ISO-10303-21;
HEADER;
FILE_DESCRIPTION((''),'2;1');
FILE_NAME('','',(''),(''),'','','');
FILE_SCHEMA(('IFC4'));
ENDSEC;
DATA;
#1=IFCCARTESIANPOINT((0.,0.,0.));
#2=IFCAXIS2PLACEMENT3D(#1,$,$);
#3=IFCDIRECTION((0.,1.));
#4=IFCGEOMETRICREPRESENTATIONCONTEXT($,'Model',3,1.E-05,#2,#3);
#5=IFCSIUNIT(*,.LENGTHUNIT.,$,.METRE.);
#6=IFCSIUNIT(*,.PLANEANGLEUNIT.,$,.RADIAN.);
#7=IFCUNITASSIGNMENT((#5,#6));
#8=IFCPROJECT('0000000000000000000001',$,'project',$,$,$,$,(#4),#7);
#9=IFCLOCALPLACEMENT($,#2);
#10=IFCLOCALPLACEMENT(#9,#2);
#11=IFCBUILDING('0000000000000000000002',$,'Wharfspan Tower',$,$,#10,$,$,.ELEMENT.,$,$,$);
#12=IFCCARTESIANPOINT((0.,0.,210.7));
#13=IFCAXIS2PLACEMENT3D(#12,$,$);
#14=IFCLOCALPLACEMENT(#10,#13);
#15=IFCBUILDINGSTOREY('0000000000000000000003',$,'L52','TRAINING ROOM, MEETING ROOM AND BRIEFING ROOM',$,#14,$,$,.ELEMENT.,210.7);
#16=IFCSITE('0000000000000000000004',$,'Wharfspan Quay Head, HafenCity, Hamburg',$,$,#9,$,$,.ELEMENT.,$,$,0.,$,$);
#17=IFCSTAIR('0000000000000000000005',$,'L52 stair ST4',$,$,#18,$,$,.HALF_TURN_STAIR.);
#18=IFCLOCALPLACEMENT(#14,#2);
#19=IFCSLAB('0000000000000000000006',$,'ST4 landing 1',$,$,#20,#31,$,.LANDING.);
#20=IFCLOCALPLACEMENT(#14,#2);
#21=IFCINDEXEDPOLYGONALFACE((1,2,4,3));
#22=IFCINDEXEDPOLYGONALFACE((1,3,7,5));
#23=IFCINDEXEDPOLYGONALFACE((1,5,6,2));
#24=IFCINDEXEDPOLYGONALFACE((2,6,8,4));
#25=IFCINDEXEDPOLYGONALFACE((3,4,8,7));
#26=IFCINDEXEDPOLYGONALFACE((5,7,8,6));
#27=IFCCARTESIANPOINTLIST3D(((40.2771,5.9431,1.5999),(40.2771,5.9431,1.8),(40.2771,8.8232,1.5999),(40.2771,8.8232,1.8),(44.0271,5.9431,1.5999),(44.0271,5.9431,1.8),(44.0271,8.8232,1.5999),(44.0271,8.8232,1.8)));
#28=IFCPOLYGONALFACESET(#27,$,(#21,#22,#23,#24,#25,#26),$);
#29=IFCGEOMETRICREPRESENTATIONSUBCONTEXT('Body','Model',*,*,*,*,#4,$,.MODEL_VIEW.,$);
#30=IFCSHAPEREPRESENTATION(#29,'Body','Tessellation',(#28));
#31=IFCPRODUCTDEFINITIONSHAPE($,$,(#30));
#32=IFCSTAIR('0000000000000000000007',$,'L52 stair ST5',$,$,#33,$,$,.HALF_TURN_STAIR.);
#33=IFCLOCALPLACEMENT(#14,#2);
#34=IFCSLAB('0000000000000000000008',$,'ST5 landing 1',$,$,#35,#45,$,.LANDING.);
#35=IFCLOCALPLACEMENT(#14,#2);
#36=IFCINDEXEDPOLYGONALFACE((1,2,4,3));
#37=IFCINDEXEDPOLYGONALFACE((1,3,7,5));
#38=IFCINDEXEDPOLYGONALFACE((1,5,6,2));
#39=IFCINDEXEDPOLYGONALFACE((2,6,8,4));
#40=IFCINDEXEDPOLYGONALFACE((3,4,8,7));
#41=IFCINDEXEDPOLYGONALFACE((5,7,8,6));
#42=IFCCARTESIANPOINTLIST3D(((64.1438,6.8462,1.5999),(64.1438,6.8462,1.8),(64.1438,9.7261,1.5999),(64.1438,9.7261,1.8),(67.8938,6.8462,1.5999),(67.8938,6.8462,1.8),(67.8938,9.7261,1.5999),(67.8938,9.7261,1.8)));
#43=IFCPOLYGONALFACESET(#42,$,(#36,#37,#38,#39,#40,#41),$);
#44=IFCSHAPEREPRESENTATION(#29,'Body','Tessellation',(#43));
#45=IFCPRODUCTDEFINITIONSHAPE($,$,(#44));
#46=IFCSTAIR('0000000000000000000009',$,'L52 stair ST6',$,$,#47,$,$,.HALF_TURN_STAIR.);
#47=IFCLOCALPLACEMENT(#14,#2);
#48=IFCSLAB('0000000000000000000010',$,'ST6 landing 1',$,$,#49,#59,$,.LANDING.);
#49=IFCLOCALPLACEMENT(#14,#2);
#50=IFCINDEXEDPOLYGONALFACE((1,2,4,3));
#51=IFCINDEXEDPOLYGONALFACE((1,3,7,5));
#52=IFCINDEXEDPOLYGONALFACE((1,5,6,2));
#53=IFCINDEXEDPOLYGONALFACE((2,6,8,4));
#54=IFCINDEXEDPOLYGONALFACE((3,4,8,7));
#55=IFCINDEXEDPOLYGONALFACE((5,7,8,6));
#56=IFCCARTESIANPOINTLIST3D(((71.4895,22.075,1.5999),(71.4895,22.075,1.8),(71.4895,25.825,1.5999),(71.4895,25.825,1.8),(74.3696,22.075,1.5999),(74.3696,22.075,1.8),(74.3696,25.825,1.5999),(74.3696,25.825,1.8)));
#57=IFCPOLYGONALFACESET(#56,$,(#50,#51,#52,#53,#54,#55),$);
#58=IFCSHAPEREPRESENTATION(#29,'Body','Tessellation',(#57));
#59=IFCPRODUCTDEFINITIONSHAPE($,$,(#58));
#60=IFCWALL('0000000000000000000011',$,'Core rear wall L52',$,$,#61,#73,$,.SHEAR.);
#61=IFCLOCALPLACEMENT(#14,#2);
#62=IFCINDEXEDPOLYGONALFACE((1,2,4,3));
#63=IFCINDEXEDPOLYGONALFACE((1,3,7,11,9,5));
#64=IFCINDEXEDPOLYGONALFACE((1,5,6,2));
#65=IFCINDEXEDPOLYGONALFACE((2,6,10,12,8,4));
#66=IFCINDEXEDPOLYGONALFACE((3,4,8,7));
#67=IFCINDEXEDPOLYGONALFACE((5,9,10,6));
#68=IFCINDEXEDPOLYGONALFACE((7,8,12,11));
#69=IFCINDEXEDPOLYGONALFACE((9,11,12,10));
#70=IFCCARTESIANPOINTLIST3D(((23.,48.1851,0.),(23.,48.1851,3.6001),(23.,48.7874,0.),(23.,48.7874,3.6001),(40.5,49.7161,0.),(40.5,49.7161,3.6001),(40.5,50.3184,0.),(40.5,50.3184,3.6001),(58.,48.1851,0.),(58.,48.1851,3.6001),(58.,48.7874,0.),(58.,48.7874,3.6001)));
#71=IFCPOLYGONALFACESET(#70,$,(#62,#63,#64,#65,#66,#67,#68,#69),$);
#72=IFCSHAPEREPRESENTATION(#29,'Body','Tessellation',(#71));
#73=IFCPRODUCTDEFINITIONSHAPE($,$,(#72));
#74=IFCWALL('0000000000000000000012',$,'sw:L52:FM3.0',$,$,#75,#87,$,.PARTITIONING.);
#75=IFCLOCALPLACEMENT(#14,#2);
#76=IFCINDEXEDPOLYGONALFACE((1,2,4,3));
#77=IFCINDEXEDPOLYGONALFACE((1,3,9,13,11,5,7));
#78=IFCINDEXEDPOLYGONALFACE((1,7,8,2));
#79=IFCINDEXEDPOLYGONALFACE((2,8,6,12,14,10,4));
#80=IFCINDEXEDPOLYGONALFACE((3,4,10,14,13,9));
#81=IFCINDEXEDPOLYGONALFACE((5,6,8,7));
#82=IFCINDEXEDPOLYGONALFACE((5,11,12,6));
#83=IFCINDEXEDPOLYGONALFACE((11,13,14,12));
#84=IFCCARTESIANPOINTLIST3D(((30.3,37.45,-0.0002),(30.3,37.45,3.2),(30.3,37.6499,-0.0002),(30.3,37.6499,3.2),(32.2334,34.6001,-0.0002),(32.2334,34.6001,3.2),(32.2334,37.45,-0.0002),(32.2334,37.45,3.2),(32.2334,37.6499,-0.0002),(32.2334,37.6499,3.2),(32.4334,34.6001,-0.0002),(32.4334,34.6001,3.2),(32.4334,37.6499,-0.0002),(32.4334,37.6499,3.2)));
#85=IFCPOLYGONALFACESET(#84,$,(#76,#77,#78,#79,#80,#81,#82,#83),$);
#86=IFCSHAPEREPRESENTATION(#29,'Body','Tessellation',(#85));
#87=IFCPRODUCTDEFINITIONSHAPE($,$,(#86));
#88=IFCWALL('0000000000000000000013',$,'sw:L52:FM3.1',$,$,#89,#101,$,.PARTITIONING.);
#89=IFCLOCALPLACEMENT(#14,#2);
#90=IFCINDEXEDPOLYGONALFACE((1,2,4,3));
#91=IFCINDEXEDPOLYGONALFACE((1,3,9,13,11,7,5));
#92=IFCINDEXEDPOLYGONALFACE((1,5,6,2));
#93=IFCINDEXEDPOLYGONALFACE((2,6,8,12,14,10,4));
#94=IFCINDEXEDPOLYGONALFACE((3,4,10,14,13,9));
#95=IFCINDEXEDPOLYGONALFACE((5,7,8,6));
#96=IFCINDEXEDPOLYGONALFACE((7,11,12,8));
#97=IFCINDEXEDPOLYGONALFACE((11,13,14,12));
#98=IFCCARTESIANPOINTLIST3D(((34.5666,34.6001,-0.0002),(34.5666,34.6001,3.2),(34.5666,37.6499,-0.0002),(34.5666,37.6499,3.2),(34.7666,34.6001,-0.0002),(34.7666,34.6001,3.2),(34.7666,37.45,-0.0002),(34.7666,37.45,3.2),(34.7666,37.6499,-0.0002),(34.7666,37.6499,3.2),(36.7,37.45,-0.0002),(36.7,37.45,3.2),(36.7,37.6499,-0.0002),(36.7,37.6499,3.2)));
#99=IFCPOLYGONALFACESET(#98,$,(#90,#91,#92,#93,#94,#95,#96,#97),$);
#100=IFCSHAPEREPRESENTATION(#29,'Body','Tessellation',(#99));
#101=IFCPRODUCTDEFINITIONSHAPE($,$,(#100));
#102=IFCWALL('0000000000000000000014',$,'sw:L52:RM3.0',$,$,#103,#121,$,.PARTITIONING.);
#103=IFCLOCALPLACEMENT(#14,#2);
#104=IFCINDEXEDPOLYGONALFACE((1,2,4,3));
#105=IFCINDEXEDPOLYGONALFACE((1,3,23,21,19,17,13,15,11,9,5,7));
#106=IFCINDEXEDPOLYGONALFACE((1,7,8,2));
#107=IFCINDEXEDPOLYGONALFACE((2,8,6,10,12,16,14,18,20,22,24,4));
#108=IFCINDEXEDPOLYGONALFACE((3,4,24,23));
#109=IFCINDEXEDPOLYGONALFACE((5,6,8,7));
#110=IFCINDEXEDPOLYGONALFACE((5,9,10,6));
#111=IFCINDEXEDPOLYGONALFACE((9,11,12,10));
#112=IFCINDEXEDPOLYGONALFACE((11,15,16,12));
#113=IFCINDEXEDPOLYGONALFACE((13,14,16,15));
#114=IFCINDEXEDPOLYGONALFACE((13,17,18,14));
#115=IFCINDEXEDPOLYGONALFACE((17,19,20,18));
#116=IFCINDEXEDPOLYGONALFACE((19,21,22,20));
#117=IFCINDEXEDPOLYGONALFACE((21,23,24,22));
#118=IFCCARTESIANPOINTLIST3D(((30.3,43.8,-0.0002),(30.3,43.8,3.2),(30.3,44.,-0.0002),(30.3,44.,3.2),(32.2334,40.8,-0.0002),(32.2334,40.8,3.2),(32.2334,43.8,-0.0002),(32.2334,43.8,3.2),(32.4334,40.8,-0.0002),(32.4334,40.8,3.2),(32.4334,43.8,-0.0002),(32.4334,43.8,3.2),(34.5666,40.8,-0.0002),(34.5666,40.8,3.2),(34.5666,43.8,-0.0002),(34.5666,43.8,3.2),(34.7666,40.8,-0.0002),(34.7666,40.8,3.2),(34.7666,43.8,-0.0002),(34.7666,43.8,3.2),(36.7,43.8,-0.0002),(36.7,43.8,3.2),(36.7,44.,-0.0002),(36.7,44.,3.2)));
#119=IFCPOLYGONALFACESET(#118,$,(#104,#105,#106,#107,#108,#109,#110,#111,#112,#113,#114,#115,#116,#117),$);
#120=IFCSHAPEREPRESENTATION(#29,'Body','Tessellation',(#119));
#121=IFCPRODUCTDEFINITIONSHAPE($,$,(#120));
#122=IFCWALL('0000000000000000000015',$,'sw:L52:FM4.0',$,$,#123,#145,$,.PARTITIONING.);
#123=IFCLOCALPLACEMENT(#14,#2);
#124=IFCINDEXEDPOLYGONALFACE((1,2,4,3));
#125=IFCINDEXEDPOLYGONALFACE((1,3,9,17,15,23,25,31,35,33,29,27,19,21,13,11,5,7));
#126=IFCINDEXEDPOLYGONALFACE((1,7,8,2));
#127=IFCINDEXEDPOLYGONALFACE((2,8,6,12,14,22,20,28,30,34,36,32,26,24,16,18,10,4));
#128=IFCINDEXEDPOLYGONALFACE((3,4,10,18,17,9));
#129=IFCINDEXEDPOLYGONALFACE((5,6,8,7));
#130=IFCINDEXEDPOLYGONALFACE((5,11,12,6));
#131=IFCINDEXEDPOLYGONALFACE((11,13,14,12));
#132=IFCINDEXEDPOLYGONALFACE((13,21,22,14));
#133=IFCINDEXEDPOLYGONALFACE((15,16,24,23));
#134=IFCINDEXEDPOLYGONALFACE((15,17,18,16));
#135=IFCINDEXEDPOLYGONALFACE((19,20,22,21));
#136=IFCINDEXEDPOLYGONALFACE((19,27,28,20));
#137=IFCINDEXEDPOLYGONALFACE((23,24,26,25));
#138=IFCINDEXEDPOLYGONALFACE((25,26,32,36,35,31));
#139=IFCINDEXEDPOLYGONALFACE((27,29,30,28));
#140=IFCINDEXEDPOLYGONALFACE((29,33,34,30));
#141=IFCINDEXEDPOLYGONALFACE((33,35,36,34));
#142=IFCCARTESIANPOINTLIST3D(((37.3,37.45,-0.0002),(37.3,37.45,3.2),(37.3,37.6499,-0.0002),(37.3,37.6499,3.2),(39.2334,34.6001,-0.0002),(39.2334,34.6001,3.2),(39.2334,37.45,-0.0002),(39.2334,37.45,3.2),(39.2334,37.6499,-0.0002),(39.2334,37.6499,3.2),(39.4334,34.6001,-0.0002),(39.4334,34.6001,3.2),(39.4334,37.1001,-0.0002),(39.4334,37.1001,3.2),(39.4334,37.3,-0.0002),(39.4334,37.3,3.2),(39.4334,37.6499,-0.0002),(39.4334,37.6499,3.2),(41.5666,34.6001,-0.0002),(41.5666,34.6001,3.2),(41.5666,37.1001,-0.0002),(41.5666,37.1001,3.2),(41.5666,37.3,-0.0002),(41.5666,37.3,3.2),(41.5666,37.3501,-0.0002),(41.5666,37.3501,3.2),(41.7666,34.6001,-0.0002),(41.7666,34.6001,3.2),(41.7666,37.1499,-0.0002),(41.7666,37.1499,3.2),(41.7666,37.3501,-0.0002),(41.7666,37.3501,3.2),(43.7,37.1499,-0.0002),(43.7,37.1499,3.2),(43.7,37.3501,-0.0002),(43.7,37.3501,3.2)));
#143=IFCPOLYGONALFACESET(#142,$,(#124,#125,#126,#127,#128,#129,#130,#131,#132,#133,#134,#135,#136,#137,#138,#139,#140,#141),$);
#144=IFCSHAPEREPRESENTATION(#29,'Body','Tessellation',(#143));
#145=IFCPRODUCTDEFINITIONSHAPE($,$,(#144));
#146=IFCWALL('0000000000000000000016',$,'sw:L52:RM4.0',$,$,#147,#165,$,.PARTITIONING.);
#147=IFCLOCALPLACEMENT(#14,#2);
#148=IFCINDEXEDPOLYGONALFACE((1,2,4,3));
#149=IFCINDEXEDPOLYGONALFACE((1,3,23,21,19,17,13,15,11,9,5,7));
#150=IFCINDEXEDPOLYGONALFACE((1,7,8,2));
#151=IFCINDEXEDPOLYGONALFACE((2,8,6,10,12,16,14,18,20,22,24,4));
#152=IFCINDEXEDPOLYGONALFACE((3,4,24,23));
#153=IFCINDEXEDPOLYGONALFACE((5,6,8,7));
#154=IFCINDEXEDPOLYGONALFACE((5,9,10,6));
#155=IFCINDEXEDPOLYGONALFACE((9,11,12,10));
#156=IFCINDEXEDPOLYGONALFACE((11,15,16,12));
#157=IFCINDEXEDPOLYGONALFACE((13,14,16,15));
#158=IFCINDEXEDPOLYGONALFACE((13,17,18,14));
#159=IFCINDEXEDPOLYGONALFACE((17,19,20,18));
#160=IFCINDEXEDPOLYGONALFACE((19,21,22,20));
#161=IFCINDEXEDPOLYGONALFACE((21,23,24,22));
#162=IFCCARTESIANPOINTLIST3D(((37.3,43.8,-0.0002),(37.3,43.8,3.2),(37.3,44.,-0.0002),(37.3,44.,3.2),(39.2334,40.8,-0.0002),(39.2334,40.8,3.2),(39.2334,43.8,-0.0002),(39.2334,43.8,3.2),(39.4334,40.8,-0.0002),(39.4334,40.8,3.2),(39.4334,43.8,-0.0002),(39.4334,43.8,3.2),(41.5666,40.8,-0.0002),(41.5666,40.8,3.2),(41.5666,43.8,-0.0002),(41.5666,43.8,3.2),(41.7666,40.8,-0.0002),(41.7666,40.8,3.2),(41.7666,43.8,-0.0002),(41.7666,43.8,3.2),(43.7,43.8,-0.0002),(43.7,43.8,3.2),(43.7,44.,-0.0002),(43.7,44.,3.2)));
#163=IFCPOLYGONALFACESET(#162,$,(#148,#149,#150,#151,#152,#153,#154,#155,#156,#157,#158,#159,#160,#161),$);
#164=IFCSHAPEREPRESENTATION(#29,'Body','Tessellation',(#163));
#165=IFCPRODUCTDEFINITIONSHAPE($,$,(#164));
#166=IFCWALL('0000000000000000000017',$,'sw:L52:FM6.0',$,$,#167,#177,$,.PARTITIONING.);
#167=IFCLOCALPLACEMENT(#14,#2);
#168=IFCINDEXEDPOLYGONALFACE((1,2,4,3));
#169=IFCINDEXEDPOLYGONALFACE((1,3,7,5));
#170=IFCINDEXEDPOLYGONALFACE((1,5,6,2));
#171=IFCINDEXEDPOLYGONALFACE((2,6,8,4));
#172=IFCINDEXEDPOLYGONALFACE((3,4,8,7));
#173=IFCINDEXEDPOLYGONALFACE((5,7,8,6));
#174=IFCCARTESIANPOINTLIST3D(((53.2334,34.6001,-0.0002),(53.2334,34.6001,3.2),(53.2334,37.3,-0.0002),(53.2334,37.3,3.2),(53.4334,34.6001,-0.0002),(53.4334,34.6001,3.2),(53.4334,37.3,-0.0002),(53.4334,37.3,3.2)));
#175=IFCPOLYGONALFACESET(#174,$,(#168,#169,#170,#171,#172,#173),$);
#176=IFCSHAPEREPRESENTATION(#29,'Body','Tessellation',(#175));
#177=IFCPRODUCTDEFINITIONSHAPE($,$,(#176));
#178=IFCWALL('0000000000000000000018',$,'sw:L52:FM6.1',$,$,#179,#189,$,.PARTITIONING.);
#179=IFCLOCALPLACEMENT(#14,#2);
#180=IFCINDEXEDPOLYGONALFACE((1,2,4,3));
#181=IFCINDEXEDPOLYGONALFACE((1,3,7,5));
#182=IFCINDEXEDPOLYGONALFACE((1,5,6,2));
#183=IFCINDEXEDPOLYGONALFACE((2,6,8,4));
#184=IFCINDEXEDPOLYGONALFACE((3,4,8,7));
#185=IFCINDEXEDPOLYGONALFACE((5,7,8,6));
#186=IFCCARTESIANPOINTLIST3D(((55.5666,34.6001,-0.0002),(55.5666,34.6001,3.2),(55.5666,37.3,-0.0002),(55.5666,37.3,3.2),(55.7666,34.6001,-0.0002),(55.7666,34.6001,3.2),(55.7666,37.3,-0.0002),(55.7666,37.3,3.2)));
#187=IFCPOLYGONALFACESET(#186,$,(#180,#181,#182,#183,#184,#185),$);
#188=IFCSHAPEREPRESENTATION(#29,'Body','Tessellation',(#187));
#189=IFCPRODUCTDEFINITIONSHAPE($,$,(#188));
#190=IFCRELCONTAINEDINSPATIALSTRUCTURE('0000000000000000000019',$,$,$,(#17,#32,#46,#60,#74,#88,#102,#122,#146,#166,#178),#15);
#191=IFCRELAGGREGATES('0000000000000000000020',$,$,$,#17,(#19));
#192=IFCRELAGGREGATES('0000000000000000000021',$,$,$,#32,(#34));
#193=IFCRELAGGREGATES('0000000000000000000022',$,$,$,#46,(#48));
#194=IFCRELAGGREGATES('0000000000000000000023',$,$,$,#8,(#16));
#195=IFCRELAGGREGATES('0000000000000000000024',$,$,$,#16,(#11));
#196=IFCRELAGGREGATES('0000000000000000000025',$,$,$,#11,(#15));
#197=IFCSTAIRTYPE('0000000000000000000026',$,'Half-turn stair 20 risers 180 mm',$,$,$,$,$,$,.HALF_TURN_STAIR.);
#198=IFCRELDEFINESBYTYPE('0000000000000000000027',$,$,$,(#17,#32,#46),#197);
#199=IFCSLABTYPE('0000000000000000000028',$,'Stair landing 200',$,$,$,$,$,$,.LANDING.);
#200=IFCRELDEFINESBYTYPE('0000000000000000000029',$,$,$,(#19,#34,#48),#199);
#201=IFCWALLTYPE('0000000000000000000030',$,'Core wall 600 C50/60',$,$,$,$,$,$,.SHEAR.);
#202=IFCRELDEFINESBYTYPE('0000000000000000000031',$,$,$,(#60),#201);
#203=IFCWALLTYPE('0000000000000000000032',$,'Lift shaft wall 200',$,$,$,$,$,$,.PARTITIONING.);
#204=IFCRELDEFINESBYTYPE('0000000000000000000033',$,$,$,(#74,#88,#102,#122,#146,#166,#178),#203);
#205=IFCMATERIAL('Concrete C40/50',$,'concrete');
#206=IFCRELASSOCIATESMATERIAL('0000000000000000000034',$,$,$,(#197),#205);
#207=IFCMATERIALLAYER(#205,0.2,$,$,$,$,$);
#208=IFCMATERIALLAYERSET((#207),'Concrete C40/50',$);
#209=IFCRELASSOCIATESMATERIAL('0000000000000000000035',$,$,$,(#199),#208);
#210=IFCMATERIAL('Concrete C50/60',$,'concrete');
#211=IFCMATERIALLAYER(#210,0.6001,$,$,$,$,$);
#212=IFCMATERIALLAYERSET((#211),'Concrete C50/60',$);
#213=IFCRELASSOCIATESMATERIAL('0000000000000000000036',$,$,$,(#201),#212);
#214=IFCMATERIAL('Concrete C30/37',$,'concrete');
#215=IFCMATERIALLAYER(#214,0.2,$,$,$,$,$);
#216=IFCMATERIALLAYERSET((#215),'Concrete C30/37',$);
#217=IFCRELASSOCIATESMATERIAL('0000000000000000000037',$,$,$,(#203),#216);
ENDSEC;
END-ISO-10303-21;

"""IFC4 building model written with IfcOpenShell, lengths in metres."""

from ifc_helpers import new_model, si_unit, direction, frame, origin, place, context, subcontext, project, spatial, polyline, outline, extrude, material, layer, layer_set, type_object, element, aggregate, save


model = new_model("IFC4")

# Units and contexts
model_context = context("Model", 3, precision=1e-05, world=origin(), true_north=direction((0.0, 1.0)))
body_context = subcontext(model_context, "Body", "Model", "MODEL_VIEW")
ifc_project = project(units=[si_unit("LENGTHUNIT", "METRE"), si_unit("PLANEANGLEUNIT", "RADIAN")], contexts=[model_context])

# Site, building, storey
site_placement = place(None, origin())
site = spatial("IfcSite", under=ifc_project, at=site_placement, Name="Wharfspan Quay Head, HafenCity, Hamburg", CompositionType="ELEMENT", RefElevation=0.0)
building_placement = place(site_placement, origin())
building = spatial("IfcBuilding", under=site, at=building_placement, Name="Wharfspan Tower", CompositionType="ELEMENT")
storey_placement = place(building_placement, frame((0.0, 0.0, 210.7)))
storey = spatial("IfcBuildingStorey", under=building, at=storey_placement, Name="L52", Description="TRAINING ROOM, MEETING ROOM AND BRIEFING ROOM", CompositionType="ELEMENT", Elevation=210.7)

# Shared definitions
ifc_material_1 = material(Name="Concrete C40/50", Category="concrete")

# Stairs, slabs
stair_type = type_object("IfcStairType", Name="Half-turn stair 20 risers 180 mm", PredefinedType="HALF_TURN_STAIR", material=ifc_material_1)
ifc_layer_1 = layer(ifc_material_1, 0.2)
ifc_layer_set_1 = layer_set([ifc_layer_1], Name="Concrete C40/50")
slab_type_1 = type_object("IfcSlabType", Name="Stair landing 200", PredefinedType="LANDING", material=ifc_layer_set_1)
stair_1_placement = place(storey_placement, origin())
stair_1 = element("IfcStair", 1, at=stair_1_placement, inside=storey, type_object=stair_type, Name="L52 stair ST4", PredefinedType="HALF_TURN_STAIR")
slab_1_placement = place(storey_placement, frame((0.0, 0.0, 1.5999)))
slab_1 = element("IfcSlab", 2, at=slab_1_placement, type_object=slab_type_1, Name="ST4 landing 1", PredefinedType="LANDING", context=body_context, shape_type="SweptSolid", body=[
    extrude(outline(polyline([(40.2771, 8.8232), (40.2771, 5.9431), (44.0271, 5.9431), (44.0271, 8.8232), (40.2771, 8.8232)])), origin(), (0.0, 0.0, 1.0), 0.2002),
])
aggregate(stair_1, [slab_1])
stair_2_placement = place(storey_placement, origin())
stair_2 = element("IfcStair", 3, at=stair_2_placement, inside=storey, type_object=stair_type, Name="L52 stair ST5", PredefinedType="HALF_TURN_STAIR")
slab_2_placement = place(storey_placement, frame((0.0, 0.0, 1.5999)))
slab_2 = element("IfcSlab", 4, at=slab_2_placement, type_object=slab_type_1, Name="ST5 landing 1", PredefinedType="LANDING", context=body_context, shape_type="SweptSolid", body=[
    extrude(outline(polyline([(64.1438, 9.7261), (64.1438, 6.8462), (67.8938, 6.8462), (67.8938, 9.7261), (64.1438, 9.7261)])), origin(), (0.0, 0.0, 1.0), 0.2002),
])
aggregate(stair_2, [slab_2])
stair_3_placement = place(storey_placement, origin())
stair_3 = element("IfcStair", 5, at=stair_3_placement, inside=storey, type_object=stair_type, Name="L52 stair ST6", PredefinedType="HALF_TURN_STAIR")
slab_3_placement = place(storey_placement, frame((0.0, 0.0, 1.5999)))
slab_3 = element("IfcSlab", 6, at=slab_3_placement, type_object=slab_type_1, Name="ST6 landing 1", PredefinedType="LANDING", context=body_context, shape_type="SweptSolid", body=[
    extrude(outline(polyline([(71.4895, 22.075), (74.3696, 22.075), (74.3696, 25.825), (71.4895, 25.825), (71.4895, 22.075)])), origin(), (0.0, 0.0, 1.0), 0.2002),
])
aggregate(stair_3, [slab_3])

# Walls
ifc_material_2 = material(Name="Concrete C50/60", Category="concrete")
ifc_layer_2 = layer(ifc_material_2, 0.6001)
ifc_layer_set_2 = layer_set([ifc_layer_2], Name="Concrete C50/60")
wall_type_1 = type_object("IfcWallType", Name="Core wall 600 C50/60", PredefinedType="SHEAR", material=ifc_layer_set_2)
wall_1_placement = place(storey_placement, origin())
element("IfcWall", 7, at=wall_1_placement, inside=storey, type_object=wall_type_1, Name="Core rear wall L52", PredefinedType="SHEAR", context=body_context, shape_type="SweptSolid", body=[
    extrude(outline(polyline([(23.0, 48.1851), (40.5, 49.7161), (58.0, 48.1851), (58.0, 48.7874), (40.5, 50.3184), (23.0, 48.7874), (23.0, 48.1851)])), origin(), (0.0, 0.0, 1.0), 3.6001),
])
ifc_material_3 = material(Name="Concrete C30/37", Category="concrete")
ifc_layer_3 = layer(ifc_material_3, 0.2)
ifc_layer_set_3 = layer_set([ifc_layer_3], Name="Concrete C30/37")
wall_type_2 = type_object("IfcWallType", Name="Lift shaft wall 200", PredefinedType="PARTITIONING", material=ifc_layer_set_3)
wall_2_placement = place(storey_placement, frame((0.0, 0.0, -0.0002)))
element("IfcWall", 8, at=wall_2_placement, inside=storey, type_object=wall_type_2, Name="sw:L52:FM3.0", PredefinedType="PARTITIONING", context=body_context, shape_type="SweptSolid", body=[
    extrude(outline(polyline([(32.2334, 37.45), (30.3, 37.45), (30.3, 37.6499), (32.2334, 37.6499), (32.4333, 37.6499), (32.4333, 34.6001), (32.2334, 34.6001), (32.2334, 37.45)])), origin(), (0.0, 0.0, 1.0), 3.2002),
])
wall_3_placement = place(storey_placement, frame((0.0, 0.0, -0.0002)))
element("IfcWall", 9, at=wall_3_placement, inside=storey, type_object=wall_type_2, Name="sw:L52:FM3.1", PredefinedType="PARTITIONING", context=body_context, shape_type="SweptSolid", body=[
    extrude(outline(polyline([(34.5667, 37.6499), (34.7666, 37.6499), (36.7, 37.6499), (36.7, 37.45), (34.7666, 37.45), (34.7666, 34.6001), (34.5667, 34.6001), (34.5667, 37.6499)])), origin(), (0.0, 0.0, 1.0), 3.2002),
])
wall_4_placement = place(storey_placement, frame((0.0, 0.0, -0.0002)))
element("IfcWall", 10, at=wall_4_placement, inside=storey, type_object=wall_type_2, Name="sw:L52:RM3.0", PredefinedType="PARTITIONING", context=body_context, shape_type="SweptSolid", body=[
    extrude(outline(polyline([(32.4333, 40.8), (32.2334, 40.8), (32.2334, 43.8), (30.3, 43.8), (30.3, 44.0), (36.7, 44.0), (36.7, 43.8), (34.7666, 43.8), (34.7666, 40.8), (34.5667, 40.8), (34.5667, 43.8), (32.4333, 43.8), (32.4333, 40.8)])), origin(), (0.0, 0.0, 1.0), 3.2002),
])
wall_5_placement = place(storey_placement, frame((0.0, 0.0, -0.0002)))
element("IfcWall", 11, at=wall_5_placement, inside=storey, type_object=wall_type_2, Name="sw:L52:FM4.0", PredefinedType="PARTITIONING", context=body_context, shape_type="SweptSolid", body=[
    extrude(outline(polyline([(41.5667, 37.1001), (39.4333, 37.1001), (39.4333, 34.6001), (39.2334, 34.6001), (39.2334, 37.45), (37.3, 37.45), (37.3, 37.6499), (39.2334, 37.6499), (39.4333, 37.6499), (39.4333, 37.3), (41.5667, 37.3), (41.5667, 37.3501), (41.7666, 37.3501), (43.7, 37.3501), (43.7, 37.1499), (41.7666, 37.1499), (41.7666, 34.6001), (41.5667, 34.6001), (41.5667, 37.1001)])), origin(), (0.0, 0.0, 1.0), 3.2002),
])
wall_6_placement = place(storey_placement, frame((0.0, 0.0, -0.0002)))
element("IfcWall", 12, at=wall_6_placement, inside=storey, type_object=wall_type_2, Name="sw:L52:RM4.0", PredefinedType="PARTITIONING", context=body_context, shape_type="SweptSolid", body=[
    extrude(outline(polyline([(39.4333, 40.8), (39.2334, 40.8), (39.2334, 43.8), (37.3, 43.8), (37.3, 44.0), (43.7, 44.0), (43.7, 43.8), (41.7666, 43.8), (41.7666, 40.8), (41.5667, 40.8), (41.5667, 43.8), (39.4333, 43.8), (39.4333, 40.8)])), origin(), (0.0, 0.0, 1.0), 3.2002),
])
wall_7_placement = place(storey_placement, frame((0.0, 0.0, -0.0002)))
element("IfcWall", 13, at=wall_7_placement, inside=storey, type_object=wall_type_2, Name="sw:L52:FM6.0", PredefinedType="PARTITIONING", context=body_context, shape_type="SweptSolid", body=[
    extrude(outline(polyline([(53.2334, 34.6001), (53.2334, 37.3), (53.4333, 37.3), (53.4333, 34.6001), (53.2334, 34.6001)])), origin(), (0.0, 0.0, 1.0), 3.2002),
])
wall_8_placement = place(storey_placement, frame((0.0, 0.0, -0.0002)))
element("IfcWall", 14, at=wall_8_placement, inside=storey, type_object=wall_type_2, Name="sw:L52:FM6.1", PredefinedType="PARTITIONING", context=body_context, shape_type="SweptSolid", body=[
    extrude(outline(polyline([(55.5667, 34.6001), (55.5667, 37.3), (55.7666, 37.3), (55.7666, 34.6001), (55.5667, 34.6001)])), origin(), (0.0, 0.0, 1.0), 3.2002),
])

save(model, "model.ifc")
